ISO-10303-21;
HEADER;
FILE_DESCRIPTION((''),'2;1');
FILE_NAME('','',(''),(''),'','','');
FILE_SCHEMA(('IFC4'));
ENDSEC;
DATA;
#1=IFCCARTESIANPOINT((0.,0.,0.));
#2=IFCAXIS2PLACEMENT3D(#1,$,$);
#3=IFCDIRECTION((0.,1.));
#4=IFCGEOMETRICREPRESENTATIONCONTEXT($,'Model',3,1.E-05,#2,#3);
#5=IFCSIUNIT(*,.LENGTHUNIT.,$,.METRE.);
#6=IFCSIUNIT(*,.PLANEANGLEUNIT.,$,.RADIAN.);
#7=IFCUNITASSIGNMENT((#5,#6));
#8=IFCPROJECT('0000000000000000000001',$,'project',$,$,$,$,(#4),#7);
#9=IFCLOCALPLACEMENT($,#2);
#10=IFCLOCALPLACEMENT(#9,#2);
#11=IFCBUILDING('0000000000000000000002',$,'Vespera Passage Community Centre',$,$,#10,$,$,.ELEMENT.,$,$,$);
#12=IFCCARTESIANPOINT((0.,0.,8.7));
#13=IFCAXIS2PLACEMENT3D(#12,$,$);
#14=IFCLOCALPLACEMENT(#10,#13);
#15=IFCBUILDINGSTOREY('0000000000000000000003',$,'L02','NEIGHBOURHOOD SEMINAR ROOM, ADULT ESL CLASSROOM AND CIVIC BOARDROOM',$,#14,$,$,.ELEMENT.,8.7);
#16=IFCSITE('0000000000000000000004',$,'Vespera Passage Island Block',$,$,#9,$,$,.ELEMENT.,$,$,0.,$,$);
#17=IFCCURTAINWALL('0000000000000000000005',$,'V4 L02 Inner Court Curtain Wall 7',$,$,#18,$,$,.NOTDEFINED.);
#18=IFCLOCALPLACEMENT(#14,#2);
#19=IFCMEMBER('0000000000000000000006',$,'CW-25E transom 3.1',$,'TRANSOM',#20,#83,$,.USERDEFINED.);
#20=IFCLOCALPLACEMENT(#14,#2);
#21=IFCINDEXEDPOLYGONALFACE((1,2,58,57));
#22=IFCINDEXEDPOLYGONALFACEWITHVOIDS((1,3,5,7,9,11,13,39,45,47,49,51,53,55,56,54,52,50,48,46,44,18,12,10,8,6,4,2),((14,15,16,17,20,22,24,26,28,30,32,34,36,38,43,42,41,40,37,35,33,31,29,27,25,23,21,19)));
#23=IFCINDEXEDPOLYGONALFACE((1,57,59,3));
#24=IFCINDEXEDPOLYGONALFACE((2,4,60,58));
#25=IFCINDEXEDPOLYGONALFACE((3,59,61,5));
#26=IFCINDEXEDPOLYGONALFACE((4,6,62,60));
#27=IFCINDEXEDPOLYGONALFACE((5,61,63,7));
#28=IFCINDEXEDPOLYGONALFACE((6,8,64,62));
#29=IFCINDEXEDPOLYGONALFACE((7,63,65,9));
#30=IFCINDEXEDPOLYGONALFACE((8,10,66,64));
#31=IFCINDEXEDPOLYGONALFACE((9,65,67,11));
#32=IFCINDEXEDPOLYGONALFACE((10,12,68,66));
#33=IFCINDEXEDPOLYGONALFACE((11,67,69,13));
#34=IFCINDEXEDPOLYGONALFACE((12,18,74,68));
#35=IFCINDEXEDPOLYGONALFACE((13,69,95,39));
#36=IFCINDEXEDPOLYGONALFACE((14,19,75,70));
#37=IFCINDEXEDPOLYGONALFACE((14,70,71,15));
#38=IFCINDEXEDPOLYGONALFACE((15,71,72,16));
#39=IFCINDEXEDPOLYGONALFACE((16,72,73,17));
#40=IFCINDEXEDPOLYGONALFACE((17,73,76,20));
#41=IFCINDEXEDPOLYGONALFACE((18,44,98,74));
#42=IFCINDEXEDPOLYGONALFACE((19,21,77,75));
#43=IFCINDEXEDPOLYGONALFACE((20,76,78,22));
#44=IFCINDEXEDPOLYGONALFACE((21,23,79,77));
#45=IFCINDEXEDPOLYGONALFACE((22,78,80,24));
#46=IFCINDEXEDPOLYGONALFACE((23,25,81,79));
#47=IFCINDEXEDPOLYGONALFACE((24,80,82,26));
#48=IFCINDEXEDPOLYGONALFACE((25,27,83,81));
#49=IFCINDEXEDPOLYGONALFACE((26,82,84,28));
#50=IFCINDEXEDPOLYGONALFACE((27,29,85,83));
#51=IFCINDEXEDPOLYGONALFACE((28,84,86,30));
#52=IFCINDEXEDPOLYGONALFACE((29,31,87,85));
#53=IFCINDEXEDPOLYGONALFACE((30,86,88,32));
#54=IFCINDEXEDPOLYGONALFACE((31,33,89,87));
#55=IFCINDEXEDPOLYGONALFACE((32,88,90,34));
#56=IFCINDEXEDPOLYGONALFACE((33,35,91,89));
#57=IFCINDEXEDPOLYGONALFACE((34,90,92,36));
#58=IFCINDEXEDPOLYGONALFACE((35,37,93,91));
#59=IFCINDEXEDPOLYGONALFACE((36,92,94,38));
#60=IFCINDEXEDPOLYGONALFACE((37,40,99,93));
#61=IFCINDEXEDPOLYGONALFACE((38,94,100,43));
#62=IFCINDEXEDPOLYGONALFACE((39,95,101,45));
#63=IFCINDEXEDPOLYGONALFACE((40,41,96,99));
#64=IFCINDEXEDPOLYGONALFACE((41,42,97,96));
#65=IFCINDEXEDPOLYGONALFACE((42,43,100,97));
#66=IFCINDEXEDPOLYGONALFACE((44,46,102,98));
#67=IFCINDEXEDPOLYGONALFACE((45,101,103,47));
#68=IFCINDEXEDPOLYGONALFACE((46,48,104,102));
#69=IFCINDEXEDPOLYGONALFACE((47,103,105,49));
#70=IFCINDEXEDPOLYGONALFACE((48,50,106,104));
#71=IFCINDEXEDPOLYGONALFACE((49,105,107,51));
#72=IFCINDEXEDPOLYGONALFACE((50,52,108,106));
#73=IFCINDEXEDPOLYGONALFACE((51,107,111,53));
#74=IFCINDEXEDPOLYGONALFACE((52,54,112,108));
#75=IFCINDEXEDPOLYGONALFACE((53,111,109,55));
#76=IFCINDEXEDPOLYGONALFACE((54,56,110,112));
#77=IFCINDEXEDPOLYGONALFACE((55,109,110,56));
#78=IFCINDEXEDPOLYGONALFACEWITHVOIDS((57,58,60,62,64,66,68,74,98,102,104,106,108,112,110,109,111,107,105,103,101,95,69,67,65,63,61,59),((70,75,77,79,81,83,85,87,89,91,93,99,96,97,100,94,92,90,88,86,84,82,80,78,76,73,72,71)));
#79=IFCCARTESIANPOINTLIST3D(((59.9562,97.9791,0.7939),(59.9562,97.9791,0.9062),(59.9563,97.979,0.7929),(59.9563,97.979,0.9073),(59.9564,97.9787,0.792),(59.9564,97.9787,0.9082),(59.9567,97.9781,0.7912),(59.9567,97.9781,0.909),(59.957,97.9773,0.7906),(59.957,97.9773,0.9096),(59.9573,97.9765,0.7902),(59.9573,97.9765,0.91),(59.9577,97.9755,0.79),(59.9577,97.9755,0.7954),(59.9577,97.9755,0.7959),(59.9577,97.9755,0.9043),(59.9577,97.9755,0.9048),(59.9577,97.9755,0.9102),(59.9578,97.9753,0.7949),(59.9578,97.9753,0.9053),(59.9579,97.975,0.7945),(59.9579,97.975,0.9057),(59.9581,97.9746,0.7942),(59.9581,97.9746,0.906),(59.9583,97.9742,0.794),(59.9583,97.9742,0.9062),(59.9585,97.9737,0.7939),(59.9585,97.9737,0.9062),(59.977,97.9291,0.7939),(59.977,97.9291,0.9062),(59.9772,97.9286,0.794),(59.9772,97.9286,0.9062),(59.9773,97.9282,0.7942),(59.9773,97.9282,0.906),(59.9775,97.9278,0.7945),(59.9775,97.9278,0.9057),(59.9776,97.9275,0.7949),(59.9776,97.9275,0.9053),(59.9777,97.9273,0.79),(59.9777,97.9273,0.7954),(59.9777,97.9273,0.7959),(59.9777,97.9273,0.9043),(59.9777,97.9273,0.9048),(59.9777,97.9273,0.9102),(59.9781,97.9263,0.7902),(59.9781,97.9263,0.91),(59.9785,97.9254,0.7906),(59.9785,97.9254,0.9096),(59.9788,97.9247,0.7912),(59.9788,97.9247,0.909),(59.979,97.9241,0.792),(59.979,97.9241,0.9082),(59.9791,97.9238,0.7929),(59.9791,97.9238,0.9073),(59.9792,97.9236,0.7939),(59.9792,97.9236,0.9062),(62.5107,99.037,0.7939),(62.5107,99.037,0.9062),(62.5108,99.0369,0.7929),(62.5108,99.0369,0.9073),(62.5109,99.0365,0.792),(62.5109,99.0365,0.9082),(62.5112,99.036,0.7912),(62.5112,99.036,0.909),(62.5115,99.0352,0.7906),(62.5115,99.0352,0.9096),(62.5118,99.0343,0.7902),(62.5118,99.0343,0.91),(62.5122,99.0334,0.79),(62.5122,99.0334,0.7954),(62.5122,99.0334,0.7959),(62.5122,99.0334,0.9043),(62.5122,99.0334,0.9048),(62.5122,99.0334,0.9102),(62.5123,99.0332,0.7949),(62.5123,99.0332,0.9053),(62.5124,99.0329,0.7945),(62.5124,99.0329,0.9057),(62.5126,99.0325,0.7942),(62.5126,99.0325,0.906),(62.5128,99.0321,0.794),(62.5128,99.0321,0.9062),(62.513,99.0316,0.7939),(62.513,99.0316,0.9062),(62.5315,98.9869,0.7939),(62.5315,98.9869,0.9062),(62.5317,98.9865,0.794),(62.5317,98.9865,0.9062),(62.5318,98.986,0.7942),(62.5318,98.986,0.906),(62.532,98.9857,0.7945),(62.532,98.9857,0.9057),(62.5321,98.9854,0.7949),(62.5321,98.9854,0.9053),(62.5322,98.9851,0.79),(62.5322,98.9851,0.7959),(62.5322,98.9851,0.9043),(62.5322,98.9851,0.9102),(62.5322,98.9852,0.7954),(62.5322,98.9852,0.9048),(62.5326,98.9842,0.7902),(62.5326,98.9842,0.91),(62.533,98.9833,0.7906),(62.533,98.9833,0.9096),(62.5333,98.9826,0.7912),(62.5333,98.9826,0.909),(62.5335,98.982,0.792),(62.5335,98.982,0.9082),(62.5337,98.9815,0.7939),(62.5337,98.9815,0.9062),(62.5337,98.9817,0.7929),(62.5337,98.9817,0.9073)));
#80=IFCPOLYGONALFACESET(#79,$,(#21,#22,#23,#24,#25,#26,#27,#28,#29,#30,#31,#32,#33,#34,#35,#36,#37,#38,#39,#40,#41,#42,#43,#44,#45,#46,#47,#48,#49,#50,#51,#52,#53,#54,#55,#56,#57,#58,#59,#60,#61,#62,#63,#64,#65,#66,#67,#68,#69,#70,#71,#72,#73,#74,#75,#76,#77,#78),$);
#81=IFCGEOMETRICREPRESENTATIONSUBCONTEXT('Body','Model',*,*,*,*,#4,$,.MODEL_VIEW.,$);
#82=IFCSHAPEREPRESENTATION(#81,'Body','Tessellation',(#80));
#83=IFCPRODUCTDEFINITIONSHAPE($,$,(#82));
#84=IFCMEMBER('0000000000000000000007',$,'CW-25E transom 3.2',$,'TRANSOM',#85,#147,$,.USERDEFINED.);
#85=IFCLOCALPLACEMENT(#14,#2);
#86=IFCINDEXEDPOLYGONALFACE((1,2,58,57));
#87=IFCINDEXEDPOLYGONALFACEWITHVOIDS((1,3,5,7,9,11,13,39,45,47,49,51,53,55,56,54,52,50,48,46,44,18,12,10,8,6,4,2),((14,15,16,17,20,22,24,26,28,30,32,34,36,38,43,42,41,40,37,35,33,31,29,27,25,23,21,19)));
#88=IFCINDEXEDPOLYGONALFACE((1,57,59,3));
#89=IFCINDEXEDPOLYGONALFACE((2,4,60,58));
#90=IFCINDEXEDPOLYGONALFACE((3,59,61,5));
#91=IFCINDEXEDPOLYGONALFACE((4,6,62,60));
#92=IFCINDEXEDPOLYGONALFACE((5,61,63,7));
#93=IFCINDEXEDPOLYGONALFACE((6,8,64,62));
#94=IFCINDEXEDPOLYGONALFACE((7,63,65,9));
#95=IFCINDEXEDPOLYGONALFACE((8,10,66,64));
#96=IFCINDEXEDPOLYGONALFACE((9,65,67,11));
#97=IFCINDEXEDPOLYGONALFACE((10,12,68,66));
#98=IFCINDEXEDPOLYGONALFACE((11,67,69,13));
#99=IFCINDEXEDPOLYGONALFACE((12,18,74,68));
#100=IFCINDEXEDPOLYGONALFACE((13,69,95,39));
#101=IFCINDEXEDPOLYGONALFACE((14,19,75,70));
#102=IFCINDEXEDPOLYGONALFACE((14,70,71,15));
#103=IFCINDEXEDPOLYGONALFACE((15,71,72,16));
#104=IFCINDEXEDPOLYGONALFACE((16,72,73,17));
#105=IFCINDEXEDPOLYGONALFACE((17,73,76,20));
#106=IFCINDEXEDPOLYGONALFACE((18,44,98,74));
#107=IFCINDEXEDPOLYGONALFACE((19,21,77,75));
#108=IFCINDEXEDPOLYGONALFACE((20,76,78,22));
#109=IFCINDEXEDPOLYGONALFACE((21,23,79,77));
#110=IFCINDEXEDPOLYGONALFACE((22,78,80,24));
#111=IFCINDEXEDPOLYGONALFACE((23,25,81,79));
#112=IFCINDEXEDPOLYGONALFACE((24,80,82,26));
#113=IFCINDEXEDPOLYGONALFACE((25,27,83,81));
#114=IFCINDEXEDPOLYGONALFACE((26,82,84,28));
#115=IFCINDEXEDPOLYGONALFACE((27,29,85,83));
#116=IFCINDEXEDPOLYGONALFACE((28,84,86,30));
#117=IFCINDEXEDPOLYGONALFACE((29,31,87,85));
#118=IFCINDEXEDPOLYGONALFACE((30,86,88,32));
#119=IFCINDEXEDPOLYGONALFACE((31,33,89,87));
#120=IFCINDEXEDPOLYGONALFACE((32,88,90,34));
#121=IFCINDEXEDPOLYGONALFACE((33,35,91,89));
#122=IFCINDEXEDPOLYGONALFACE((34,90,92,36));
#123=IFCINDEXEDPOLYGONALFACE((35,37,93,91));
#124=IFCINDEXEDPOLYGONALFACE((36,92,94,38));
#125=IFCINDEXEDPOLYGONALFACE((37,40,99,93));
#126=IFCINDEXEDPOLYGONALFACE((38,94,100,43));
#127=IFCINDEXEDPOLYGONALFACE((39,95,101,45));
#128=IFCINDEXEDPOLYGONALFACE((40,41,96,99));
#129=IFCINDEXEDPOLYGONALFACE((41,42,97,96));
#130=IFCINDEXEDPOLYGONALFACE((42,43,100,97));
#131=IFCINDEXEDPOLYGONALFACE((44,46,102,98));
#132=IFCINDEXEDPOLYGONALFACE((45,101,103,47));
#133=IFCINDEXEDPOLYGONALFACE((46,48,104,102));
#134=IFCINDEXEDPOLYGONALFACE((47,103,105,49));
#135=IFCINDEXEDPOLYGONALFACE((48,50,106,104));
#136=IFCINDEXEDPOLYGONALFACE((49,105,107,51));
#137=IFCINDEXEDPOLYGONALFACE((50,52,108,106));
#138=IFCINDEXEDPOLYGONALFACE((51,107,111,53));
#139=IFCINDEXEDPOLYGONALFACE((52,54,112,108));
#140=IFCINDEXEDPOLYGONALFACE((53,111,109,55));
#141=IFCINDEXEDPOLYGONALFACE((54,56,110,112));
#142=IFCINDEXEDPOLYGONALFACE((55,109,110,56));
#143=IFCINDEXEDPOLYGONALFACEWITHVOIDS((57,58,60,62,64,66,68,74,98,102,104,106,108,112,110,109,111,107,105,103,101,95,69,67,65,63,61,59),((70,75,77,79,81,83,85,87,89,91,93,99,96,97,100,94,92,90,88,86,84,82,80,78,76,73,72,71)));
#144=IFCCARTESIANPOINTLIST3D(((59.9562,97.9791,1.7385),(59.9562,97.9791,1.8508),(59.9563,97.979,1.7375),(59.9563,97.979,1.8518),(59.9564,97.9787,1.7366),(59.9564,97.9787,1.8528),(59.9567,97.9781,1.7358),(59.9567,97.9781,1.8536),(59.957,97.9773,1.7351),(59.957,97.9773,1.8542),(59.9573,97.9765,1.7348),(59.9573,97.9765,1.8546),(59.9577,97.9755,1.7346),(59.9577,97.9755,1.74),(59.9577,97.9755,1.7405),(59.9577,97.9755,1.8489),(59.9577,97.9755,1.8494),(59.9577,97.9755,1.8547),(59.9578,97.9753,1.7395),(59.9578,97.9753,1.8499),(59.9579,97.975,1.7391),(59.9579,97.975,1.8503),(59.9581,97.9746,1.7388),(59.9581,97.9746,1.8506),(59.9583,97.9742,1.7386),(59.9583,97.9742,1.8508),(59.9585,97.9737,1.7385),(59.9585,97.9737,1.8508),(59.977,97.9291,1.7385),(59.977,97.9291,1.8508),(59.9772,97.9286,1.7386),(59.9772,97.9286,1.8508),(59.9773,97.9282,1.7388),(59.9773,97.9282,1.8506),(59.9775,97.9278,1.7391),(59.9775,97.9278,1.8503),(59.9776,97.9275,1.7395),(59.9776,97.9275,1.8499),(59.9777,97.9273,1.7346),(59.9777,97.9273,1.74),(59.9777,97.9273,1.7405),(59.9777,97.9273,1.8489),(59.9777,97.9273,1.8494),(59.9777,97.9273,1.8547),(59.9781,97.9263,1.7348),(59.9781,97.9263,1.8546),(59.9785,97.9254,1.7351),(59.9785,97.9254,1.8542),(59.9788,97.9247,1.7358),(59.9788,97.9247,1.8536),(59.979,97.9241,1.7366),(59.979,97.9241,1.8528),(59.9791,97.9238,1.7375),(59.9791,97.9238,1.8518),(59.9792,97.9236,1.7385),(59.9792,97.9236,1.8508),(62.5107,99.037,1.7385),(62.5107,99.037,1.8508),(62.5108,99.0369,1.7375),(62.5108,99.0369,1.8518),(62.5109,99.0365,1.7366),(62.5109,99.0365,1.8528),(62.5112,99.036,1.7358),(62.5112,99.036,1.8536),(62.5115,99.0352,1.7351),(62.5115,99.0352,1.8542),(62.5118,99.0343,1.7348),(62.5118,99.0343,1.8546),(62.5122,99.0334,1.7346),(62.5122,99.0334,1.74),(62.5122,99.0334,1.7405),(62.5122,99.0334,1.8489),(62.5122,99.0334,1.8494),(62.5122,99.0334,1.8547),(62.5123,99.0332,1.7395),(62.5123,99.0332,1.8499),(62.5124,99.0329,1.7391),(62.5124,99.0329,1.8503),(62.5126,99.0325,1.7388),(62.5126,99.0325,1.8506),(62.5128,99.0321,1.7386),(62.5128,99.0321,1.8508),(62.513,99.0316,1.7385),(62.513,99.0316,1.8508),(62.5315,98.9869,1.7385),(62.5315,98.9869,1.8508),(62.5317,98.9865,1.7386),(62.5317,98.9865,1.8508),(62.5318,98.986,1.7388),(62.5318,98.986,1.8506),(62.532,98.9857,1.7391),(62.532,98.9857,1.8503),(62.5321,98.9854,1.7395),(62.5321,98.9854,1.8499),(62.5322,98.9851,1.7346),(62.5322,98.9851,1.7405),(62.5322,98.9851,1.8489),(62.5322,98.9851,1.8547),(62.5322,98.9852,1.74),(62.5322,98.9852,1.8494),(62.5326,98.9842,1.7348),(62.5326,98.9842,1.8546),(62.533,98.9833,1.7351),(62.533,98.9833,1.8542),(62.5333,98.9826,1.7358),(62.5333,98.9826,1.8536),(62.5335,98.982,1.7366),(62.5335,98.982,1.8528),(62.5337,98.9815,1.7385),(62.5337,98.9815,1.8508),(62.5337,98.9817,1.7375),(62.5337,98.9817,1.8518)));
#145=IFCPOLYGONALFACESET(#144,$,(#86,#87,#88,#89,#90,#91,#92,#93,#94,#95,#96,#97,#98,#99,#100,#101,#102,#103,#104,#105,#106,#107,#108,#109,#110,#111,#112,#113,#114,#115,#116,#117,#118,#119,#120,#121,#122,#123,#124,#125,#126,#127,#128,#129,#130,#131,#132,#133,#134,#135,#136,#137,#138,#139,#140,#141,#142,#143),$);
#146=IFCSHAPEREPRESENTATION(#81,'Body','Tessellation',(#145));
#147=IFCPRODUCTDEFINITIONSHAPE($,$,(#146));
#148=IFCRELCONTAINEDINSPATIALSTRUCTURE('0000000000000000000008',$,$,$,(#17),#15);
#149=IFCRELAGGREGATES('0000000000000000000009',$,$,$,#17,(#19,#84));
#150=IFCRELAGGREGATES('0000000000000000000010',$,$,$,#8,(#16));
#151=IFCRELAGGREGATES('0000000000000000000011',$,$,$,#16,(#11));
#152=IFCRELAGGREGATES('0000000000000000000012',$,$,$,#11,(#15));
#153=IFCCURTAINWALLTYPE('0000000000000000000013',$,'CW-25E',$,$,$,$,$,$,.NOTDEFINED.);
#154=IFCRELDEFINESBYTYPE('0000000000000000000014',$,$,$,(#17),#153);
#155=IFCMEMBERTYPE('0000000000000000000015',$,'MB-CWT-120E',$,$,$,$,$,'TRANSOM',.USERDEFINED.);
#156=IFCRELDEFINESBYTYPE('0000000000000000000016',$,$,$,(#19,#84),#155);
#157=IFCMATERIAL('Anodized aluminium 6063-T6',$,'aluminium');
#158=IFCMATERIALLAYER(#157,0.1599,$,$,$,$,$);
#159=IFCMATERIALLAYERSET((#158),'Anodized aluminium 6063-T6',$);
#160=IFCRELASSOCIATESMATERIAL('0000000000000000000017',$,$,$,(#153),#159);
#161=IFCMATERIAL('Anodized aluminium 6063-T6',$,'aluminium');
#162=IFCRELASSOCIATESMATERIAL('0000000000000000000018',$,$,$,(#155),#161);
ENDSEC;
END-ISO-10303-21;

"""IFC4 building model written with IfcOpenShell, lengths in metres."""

from ifc_helpers import new_model, si_unit, direction, frame, origin, origin_2d, place, context, subcontext, project, spatial, hollow_rectangle, extrude, material, layer, layer_set, material_profile, profile_set, type_object, element, aggregate, save


model = new_model("IFC4")

# Units and contexts
model_context = context("Model", 3, precision=1e-05, world=origin(), true_north=direction((0.0, 1.0)))
body_context = subcontext(model_context, "Body", "Model", "MODEL_VIEW")
ifc_project = project(units=[si_unit("LENGTHUNIT", "METRE"), si_unit("PLANEANGLEUNIT", "RADIAN")], contexts=[model_context])

# Site, building, storey
site_placement = place(None, origin())
site = spatial("IfcSite", under=ifc_project, at=site_placement, Name="Vespera Passage Island Block", CompositionType="ELEMENT", RefElevation=0.0)
building_placement = place(site_placement, origin())
building = spatial("IfcBuilding", under=site, at=building_placement, Name="Vespera Passage Community Centre", CompositionType="ELEMENT")
storey_placement = place(building_placement, frame((0.0, 0.0, 8.7)))
storey = spatial("IfcBuildingStorey", under=building, at=storey_placement, Name="L02", Description="NEIGHBOURHOOD SEMINAR ROOM, ADULT ESL CLASSROOM AND CIVIC BOARDROOM", CompositionType="ELEMENT", Elevation=8.7)

# Curtain wall
ifc_material_1 = material(Name="Anodized aluminium 6063-T6", Category="aluminium")
ifc_layer_1 = layer(ifc_material_1, 0.1599)
ifc_layer_set_1 = layer_set([ifc_layer_1], Name="Anodized aluminium 6063-T6")
curtain_wall_type_1 = type_object("IfcCurtainWallType", Name="CW-25E", PredefinedType="NOTDEFINED", material=ifc_layer_set_1)
curtain_wall_1_placement = place(storey_placement, origin())
curtain_wall_1 = element("IfcCurtainWall", 1, at=curtain_wall_1_placement, inside=storey, type_object=curtain_wall_type_1, Name="V4 L02 Inner Court Curtain Wall 7", PredefinedType="NOTDEFINED")

# Members
ifc_material_2 = material(Name="Anodized aluminium 6063-T6", Category="aluminium")
ifc_material_profile_1 = material_profile(ifc_material_2, hollow_rectangle(XDim=0.0601, YDim=0.1201, WallThickness=0.0039, InnerFilletRadius=0.002, OuterFilletRadius=0.0039, at=origin_2d()), Name="ALU120X60X4")
ifc_profile_set_1 = profile_set([ifc_material_profile_1], Name="Anodized aluminium 6063-T6")
member_type_1 = type_object("IfcMemberType", Name="MB-CWT-120E", ElementType="TRANSOM", PredefinedType="USERDEFINED", material=ifc_profile_set_1)
member_1_placement = place(storey_placement, frame((62.5222, 99.0093, 0.8501), z_axis=(-0.923908, -0.382614, 0.0), x_axis=(0.382614, -0.923908, 0.0)))
member_1 = element("IfcMember", 2, at=member_1_placement, type_object=member_type_1, Name="CW-25E transom 3.1", ObjectType="TRANSOM", PredefinedType="USERDEFINED", context=body_context, shape_type="SweptSolid", body=[
    extrude(hollow_rectangle(XDim=0.0601, YDim=0.1201, WallThickness=0.0039, InnerFilletRadius=0.002, OuterFilletRadius=0.0039, at=origin_2d()), origin(), (0.0, 0.0, 1.0), 2.7649),
])
member_2_placement = place(storey_placement, frame((62.5222, 99.0093, 1.7947), z_axis=(-0.923908, -0.382614, 0.0), x_axis=(0.382614, -0.923908, 0.0)))
member_2 = element("IfcMember", 3, at=member_2_placement, type_object=member_type_1, Name="CW-25E transom 3.2", ObjectType="TRANSOM", PredefinedType="USERDEFINED", context=body_context, shape_type="SweptSolid", body=[
    extrude(hollow_rectangle(XDim=0.0601, YDim=0.1201, WallThickness=0.0039, InnerFilletRadius=0.002, OuterFilletRadius=0.0039, at=origin_2d()), origin(), (0.0, 0.0, 1.0), 2.7649),
])

aggregate(curtain_wall_1, [member_1, member_2])

save(model, "model.ifc")
